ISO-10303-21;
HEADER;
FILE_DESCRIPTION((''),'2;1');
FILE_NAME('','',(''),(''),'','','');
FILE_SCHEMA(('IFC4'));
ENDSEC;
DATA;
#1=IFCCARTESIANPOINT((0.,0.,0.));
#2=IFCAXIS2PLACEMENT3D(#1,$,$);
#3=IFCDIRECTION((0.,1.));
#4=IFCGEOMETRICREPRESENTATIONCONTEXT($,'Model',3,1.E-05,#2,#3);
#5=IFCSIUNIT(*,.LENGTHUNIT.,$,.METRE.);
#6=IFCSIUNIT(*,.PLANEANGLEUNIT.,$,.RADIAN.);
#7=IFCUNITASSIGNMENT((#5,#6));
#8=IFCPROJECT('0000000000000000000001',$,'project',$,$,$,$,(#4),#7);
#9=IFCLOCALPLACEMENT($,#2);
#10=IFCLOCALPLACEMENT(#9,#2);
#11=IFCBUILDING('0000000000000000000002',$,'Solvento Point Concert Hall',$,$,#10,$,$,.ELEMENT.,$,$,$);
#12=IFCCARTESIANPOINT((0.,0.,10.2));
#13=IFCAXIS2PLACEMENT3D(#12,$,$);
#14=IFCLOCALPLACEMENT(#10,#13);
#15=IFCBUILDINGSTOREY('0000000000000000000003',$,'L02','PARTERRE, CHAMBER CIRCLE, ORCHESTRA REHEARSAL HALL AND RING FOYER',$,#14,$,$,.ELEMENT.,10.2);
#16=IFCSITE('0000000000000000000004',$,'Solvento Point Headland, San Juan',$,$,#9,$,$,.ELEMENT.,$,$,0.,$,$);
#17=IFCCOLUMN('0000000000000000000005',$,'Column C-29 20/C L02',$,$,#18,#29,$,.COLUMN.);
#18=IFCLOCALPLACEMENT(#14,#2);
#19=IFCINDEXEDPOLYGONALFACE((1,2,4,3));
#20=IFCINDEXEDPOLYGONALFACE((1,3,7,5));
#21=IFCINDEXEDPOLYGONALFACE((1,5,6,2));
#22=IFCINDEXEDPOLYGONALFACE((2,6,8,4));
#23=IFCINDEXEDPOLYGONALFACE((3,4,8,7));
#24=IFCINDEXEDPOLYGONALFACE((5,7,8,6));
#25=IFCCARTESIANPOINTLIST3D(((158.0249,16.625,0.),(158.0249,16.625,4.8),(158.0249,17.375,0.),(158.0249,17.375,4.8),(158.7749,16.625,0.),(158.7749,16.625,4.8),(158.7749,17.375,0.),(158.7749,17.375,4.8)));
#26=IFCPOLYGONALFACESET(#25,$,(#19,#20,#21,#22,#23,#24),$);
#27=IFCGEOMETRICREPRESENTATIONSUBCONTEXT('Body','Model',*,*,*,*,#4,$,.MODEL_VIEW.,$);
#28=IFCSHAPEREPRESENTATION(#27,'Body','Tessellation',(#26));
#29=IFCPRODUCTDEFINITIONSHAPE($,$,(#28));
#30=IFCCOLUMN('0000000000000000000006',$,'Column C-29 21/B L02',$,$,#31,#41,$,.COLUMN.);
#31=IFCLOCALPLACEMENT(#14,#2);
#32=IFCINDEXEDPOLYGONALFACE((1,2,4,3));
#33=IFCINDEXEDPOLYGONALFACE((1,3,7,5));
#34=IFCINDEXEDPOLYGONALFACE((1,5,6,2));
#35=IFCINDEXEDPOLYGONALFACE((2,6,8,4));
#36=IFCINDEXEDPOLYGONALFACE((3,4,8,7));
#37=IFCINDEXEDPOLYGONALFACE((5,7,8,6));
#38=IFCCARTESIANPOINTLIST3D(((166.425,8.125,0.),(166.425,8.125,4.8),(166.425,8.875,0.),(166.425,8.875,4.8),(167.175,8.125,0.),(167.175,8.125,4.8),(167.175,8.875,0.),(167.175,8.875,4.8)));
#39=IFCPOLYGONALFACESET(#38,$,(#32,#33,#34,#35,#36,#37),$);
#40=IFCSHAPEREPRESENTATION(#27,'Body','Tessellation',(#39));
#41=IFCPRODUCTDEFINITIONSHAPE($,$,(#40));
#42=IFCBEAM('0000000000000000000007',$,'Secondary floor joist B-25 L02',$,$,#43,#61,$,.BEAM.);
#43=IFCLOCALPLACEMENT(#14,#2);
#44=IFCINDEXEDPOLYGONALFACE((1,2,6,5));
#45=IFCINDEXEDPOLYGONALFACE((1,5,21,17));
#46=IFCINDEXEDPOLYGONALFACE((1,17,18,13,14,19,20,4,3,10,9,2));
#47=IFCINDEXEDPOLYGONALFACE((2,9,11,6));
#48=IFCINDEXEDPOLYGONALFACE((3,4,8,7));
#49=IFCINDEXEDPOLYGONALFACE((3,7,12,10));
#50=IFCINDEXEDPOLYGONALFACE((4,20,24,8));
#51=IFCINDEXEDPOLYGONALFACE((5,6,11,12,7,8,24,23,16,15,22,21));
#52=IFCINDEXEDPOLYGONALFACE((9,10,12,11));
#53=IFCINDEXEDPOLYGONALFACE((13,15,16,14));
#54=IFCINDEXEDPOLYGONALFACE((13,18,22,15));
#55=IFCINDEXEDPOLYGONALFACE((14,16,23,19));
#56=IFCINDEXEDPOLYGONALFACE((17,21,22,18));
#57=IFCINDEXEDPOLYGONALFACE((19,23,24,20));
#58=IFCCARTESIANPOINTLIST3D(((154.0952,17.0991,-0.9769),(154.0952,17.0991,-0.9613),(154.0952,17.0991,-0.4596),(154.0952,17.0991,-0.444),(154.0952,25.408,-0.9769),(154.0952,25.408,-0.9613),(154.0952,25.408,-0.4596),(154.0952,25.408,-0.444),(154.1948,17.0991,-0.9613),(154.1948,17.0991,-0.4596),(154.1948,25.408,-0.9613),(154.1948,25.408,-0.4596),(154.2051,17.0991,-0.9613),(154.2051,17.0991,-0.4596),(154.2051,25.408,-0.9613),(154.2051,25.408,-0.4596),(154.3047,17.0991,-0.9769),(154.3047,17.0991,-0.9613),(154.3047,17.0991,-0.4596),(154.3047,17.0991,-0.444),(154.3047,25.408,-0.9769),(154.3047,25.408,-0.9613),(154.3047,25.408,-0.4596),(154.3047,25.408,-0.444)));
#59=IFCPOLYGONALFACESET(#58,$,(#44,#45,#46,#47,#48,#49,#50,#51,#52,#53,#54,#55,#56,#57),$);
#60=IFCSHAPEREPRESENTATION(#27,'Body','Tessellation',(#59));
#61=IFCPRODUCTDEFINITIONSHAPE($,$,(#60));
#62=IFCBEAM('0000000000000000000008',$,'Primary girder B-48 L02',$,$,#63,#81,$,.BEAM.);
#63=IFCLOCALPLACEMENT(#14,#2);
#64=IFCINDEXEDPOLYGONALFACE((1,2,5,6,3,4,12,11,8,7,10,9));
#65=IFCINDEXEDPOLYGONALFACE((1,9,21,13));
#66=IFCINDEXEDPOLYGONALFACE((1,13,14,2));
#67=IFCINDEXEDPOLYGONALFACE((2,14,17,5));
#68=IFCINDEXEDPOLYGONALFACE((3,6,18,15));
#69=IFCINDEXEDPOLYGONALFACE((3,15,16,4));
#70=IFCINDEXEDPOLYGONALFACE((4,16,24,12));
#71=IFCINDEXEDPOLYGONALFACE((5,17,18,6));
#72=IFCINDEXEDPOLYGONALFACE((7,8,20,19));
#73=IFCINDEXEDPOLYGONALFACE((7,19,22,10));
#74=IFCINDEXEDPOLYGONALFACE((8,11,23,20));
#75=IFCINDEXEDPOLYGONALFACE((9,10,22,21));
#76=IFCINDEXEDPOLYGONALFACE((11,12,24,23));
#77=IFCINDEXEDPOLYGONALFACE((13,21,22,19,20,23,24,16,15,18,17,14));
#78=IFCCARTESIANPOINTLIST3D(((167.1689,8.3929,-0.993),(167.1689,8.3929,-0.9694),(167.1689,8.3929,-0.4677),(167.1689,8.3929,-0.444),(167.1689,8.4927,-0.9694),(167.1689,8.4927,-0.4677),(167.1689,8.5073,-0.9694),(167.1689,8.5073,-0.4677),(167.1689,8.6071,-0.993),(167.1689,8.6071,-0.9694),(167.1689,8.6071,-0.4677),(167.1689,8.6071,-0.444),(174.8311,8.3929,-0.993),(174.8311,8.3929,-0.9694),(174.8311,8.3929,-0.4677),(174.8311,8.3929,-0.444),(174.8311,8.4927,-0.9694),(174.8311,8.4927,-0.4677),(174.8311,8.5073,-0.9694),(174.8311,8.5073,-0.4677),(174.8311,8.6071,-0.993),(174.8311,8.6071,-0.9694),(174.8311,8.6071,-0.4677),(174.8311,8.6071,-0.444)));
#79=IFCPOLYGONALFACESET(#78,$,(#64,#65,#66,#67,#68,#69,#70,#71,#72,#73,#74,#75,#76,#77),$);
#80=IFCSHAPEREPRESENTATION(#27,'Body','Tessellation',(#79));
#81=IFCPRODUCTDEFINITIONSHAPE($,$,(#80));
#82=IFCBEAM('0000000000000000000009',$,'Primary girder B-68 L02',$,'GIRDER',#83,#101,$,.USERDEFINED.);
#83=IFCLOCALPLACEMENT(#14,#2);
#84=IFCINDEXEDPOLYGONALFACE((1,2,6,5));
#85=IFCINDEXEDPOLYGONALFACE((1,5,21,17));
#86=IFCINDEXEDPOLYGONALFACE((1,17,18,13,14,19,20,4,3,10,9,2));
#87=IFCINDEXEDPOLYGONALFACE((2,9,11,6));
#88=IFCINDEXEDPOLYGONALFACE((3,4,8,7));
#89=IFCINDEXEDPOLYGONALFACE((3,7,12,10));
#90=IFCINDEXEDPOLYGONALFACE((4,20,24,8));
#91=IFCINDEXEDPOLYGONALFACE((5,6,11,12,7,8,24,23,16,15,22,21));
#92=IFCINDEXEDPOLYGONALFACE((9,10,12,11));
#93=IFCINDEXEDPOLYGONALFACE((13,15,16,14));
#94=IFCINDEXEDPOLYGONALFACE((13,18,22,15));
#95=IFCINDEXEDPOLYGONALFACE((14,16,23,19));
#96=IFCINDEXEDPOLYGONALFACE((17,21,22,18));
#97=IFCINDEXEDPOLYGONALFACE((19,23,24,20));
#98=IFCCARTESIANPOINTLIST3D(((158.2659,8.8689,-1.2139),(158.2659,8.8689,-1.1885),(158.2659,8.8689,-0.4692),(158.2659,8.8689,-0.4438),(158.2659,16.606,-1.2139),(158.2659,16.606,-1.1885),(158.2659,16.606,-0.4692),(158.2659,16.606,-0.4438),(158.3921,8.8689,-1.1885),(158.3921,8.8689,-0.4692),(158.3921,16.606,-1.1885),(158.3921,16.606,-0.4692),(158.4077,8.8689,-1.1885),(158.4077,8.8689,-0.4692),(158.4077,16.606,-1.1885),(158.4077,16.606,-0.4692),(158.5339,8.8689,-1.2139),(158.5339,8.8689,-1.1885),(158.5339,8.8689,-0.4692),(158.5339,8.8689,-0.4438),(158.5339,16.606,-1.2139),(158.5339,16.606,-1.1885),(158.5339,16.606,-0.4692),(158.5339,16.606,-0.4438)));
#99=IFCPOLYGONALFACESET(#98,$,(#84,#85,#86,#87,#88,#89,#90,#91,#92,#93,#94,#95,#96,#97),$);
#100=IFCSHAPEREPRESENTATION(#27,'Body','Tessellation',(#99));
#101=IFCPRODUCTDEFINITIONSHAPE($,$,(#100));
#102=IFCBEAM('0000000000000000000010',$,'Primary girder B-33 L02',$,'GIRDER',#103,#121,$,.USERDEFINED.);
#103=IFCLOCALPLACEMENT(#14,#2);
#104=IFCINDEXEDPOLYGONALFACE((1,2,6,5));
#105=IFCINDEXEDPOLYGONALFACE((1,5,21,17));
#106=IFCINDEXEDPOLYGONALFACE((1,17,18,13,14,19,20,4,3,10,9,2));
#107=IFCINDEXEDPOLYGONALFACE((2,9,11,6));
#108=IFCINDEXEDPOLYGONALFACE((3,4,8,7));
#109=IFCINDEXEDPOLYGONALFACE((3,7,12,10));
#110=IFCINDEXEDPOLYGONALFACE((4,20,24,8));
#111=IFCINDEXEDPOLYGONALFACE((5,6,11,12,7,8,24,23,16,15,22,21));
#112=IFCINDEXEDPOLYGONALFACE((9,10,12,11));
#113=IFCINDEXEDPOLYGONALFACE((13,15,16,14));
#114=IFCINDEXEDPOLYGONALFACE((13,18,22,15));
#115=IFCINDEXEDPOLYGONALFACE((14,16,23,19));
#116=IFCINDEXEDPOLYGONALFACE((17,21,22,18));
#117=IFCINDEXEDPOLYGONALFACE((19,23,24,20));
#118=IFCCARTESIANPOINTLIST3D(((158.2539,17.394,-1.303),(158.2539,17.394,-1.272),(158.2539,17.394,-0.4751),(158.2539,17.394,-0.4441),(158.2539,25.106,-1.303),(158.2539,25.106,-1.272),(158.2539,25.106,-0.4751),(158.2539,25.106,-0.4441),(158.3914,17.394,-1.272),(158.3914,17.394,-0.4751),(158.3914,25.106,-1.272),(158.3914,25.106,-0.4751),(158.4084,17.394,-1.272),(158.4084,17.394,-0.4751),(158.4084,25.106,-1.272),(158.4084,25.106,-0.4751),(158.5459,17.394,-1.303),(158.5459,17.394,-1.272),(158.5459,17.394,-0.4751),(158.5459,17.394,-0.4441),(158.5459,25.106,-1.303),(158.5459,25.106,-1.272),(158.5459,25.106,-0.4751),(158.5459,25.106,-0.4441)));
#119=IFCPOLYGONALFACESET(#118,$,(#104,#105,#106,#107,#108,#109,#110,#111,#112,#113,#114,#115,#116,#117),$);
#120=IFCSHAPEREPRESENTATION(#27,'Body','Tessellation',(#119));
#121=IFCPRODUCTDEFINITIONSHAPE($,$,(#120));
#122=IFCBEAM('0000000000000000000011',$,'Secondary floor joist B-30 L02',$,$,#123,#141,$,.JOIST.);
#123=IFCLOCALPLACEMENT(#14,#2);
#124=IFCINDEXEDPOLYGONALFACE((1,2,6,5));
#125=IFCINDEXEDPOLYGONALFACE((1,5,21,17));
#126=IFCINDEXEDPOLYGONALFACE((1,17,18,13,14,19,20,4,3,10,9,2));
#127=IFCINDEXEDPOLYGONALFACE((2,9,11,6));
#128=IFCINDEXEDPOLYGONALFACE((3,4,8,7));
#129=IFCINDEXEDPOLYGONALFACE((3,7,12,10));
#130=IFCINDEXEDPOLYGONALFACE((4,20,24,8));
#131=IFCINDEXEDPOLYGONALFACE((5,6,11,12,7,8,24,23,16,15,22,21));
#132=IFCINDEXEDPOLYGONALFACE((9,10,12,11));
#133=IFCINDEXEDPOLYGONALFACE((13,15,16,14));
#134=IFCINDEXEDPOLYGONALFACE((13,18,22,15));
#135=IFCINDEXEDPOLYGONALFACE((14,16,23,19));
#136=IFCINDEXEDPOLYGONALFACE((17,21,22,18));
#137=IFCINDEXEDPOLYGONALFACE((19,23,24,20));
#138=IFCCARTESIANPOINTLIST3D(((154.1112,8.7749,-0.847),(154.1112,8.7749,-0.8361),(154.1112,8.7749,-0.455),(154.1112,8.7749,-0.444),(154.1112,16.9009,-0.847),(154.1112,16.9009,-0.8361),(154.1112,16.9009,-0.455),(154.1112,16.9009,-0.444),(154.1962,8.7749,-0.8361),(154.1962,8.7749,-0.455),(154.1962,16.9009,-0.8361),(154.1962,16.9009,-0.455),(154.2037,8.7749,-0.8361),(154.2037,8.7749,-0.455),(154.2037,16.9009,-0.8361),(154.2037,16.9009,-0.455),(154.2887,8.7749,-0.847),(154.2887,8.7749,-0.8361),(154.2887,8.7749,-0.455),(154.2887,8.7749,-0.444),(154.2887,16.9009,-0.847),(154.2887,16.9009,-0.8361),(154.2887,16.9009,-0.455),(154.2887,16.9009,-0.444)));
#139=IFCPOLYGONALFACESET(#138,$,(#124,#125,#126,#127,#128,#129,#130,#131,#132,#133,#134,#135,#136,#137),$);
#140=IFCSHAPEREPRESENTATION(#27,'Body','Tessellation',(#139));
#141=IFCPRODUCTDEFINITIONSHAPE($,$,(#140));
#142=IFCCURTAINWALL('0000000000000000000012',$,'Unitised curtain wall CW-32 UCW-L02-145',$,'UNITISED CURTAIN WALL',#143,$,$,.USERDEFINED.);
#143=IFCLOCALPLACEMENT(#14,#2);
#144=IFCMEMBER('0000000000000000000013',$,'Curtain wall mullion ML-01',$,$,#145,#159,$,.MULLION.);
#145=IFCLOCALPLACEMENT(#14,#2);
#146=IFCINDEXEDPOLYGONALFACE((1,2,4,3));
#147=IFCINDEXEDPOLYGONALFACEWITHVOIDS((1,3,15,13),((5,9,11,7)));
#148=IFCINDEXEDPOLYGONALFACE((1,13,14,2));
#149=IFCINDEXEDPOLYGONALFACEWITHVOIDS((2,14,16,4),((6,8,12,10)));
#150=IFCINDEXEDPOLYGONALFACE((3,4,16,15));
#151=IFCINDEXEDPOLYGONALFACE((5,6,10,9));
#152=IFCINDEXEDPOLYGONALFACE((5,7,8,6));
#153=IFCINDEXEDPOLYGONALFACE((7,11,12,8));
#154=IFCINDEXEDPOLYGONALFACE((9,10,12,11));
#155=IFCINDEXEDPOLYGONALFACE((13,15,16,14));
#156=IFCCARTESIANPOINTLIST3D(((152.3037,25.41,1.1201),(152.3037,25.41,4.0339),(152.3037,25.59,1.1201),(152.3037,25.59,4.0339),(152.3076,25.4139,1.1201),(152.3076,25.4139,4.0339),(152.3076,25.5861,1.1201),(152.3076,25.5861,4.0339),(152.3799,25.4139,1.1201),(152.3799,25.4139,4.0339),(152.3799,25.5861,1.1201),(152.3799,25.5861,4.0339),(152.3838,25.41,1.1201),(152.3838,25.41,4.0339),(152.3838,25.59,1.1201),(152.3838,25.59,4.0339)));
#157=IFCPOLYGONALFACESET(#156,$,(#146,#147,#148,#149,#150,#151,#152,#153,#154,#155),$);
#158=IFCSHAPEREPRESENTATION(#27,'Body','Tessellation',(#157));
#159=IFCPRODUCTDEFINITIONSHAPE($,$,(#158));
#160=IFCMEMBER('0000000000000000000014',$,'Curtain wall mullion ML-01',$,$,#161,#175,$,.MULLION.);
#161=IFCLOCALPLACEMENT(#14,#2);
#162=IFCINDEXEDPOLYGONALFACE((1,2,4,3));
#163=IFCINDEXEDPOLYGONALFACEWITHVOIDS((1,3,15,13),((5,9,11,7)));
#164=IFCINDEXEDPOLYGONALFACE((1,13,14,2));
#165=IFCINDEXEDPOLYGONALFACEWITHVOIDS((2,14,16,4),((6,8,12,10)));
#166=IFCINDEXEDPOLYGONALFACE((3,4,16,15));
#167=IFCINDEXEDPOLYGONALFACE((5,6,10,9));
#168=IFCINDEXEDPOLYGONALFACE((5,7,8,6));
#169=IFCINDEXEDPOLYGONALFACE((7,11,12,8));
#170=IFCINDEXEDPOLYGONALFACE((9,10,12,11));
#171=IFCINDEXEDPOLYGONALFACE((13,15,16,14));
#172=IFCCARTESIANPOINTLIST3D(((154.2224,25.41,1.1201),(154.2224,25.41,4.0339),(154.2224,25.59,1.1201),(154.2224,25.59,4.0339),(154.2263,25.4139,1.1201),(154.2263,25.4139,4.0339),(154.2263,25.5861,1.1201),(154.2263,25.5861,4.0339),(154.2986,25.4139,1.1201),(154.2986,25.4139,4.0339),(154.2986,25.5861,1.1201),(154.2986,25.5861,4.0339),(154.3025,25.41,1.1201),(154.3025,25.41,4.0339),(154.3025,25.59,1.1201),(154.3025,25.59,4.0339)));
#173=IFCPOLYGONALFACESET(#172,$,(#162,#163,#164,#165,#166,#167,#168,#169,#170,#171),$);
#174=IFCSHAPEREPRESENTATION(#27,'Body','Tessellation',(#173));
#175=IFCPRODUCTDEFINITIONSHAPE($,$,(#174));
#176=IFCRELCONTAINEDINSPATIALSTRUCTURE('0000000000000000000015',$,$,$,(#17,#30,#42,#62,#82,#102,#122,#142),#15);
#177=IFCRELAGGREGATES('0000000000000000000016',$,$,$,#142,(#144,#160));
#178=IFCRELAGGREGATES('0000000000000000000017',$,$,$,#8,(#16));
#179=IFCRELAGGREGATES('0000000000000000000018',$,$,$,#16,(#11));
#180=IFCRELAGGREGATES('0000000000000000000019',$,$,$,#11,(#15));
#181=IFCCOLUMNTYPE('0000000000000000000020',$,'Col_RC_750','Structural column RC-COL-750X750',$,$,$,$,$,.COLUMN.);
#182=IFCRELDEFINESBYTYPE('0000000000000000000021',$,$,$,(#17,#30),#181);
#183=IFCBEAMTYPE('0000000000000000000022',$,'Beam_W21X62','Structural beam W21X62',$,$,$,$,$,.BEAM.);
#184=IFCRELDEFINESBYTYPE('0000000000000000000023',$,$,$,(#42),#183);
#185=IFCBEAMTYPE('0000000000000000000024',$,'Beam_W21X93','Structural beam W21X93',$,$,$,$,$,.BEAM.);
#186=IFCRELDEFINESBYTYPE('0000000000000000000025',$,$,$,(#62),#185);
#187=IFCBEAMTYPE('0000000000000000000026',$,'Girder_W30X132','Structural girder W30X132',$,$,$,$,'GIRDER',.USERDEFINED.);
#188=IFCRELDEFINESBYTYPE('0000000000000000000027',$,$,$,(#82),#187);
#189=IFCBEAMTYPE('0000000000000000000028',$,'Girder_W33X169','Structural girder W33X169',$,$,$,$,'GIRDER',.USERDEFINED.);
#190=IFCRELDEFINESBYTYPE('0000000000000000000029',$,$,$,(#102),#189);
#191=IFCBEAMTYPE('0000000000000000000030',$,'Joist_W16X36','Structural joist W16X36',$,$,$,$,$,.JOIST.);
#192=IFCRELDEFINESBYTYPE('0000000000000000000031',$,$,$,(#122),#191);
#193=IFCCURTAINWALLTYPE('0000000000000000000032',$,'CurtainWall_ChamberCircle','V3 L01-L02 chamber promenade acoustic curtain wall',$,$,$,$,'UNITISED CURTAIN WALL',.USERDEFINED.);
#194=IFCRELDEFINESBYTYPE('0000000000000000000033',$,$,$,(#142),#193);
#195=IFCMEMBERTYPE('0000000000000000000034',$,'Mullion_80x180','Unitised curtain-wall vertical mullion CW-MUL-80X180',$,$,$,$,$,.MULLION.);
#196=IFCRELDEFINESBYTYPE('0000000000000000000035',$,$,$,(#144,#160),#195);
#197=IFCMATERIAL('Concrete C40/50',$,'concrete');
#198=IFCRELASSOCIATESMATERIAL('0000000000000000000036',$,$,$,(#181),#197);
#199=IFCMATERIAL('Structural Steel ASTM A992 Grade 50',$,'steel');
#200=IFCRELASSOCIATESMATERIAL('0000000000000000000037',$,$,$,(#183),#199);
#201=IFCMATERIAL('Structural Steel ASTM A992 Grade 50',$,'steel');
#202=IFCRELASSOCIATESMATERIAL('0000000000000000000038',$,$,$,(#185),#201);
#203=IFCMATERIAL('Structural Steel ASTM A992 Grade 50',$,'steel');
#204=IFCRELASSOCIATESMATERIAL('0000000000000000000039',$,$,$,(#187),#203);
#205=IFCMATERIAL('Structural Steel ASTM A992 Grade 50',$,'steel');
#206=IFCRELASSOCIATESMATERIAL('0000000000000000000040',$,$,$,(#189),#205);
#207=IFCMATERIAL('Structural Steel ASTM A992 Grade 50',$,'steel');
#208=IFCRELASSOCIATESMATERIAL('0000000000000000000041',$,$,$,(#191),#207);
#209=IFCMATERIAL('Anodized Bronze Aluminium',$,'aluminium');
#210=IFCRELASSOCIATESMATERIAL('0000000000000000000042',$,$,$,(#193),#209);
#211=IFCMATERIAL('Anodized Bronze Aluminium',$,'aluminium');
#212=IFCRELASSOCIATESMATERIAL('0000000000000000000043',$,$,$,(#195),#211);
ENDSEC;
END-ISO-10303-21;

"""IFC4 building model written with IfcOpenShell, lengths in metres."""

from ifc_helpers import new_model, si_unit, direction, frame, origin, origin_2d, place, context, subcontext, project, spatial, rectangle, hollow_rectangle, i_section, extrude, material, material_profile, profile_set, type_object, element, aggregate, save


model = new_model("IFC4")

# Units and contexts
model_context = context("Model", 3, precision=1e-05, world=origin(), true_north=direction((0.0, 1.0)))
body_context = subcontext(model_context, "Body", "Model", "MODEL_VIEW")
ifc_project = project(units=[si_unit("LENGTHUNIT", "METRE"), si_unit("PLANEANGLEUNIT", "RADIAN")], contexts=[model_context])

# Site, building, storey
site_placement = place(None, origin())
site = spatial("IfcSite", under=ifc_project, at=site_placement, Name="Solvento Point Headland, San Juan", CompositionType="ELEMENT", RefElevation=0.0)
building_placement = place(site_placement, origin())
building = spatial("IfcBuilding", under=site, at=building_placement, Name="Solvento Point Concert Hall", CompositionType="ELEMENT")
storey_placement = place(building_placement, frame((0.0, 0.0, 10.2)))
storey = spatial("IfcBuildingStorey", under=building, at=storey_placement, Name="L02", Description="PARTERRE, CHAMBER CIRCLE, ORCHESTRA REHEARSAL HALL AND RING FOYER", CompositionType="ELEMENT", Elevation=10.2)

# Columns
ifc_material_1 = material(Name="Concrete C40/50", Category="concrete")
ifc_material_profile_1 = material_profile(ifc_material_1, rectangle(XDim=0.75, YDim=0.75, at=origin_2d()), Name="RC-COL-750X750")
ifc_profile_set_1 = profile_set([ifc_material_profile_1], Name="Concrete C40/50")
column_type = type_object("IfcColumnType", Name="Col_RC_750", Description="Structural column RC-COL-750X750", PredefinedType="COLUMN", material=ifc_profile_set_1)
for number, where, z_axis, x_axis, name in (
    (1, (158.3999, 17.0, 0.0), (0.0, 0.0, 1.0), (1.0, 0.0, 0.0), "Column C-29 20/C L02"),
    (2, (166.8, 8.5, 0.0), (0.0, 0.0, 1.0), (1.0, 0.0, 0.0), "Column C-29 21/B L02"),
):
    element("IfcColumn", number, at=place(storey_placement, frame(where, z_axis=z_axis, x_axis=x_axis)), inside=storey, type_object=column_type, Name=name, PredefinedType="COLUMN", context=body_context, shape_type="SweptSolid", body=[
        extrude(rectangle(XDim=0.75, YDim=0.75, at=origin_2d()), origin(), (0.0, 0.0, 1.0), 4.8),
    ])

# Beams
ifc_material_2 = material(Name="Structural Steel ASTM A992 Grade 50", Category="steel")
ifc_material_profile_2 = material_profile(ifc_material_2, i_section(OverallWidth=0.2095, OverallDepth=0.533, WebThickness=0.0103, FlangeThickness=0.0156, at=origin_2d()), Name="W21X62")
ifc_profile_set_2 = profile_set([ifc_material_profile_2], Name="Structural Steel ASTM A992 Grade 50")
beam_type_1 = type_object("IfcBeamType", Name="Beam_W21X62", Description="Structural beam W21X62", PredefinedType="BEAM", material=ifc_profile_set_2)
beam_1_placement = place(storey_placement, frame((154.2, 17.0991, -0.7104), z_axis=(0.0, 1.0, 0.0), x_axis=(-1.0, 0.0, 0.0)))
element("IfcBeam", 3, at=beam_1_placement, inside=storey, type_object=beam_type_1, Name="Secondary floor joist B-25 L02", PredefinedType="BEAM", context=body_context, shape_type="SweptSolid", body=[
    extrude(i_section(OverallWidth=0.2095, OverallDepth=0.533, WebThickness=0.0103, FlangeThickness=0.0156, at=origin_2d()), origin(), (0.0, 0.0, 1.0), 8.3088),
])
ifc_material_3 = material(Name="Structural Steel ASTM A992 Grade 50", Category="steel")
ifc_material_profile_3 = material_profile(ifc_material_3, i_section(OverallWidth=0.2141, OverallDepth=0.5491, WebThickness=0.0146, FlangeThickness=0.0237, at=origin_2d()), Name="W21X93")
ifc_profile_set_3 = profile_set([ifc_material_profile_3], Name="Structural Steel ASTM A992 Grade 50")
beam_type_2 = type_object("IfcBeamType", Name="Beam_W21X93", Description="Structural beam W21X93", PredefinedType="BEAM", material=ifc_profile_set_3)
beam_2_placement = place(storey_placement, frame((167.1689, 8.5, -0.7185), z_axis=(1.0, 0.0, 0.0), x_axis=(0.0, 1.0, 0.0)))
element("IfcBeam", 4, at=beam_2_placement, inside=storey, type_object=beam_type_2, Name="Primary girder B-48 L02", PredefinedType="BEAM", context=body_context, shape_type="SweptSolid", body=[
    extrude(i_section(OverallWidth=0.2141, OverallDepth=0.5491, WebThickness=0.0146, FlangeThickness=0.0237, at=origin_2d()), origin(), (0.0, 0.0, 1.0), 7.6621),
])
ifc_material_4 = material(Name="Structural Steel ASTM A992 Grade 50", Category="steel")
ifc_material_profile_4 = material_profile(ifc_material_4, i_section(OverallWidth=0.2681, OverallDepth=0.77, WebThickness=0.0156, FlangeThickness=0.0254, at=origin_2d()), Name="W30X132")
ifc_profile_set_4 = profile_set([ifc_material_profile_4], Name="Structural Steel ASTM A992 Grade 50")
beam_type_3 = type_object("IfcBeamType", Name="Girder_W30X132", Description="Structural girder W30X132", ElementType="GIRDER", PredefinedType="USERDEFINED", material=ifc_profile_set_4)
beam_3_placement = place(storey_placement, frame((158.3999, 8.8689, -0.8289), z_axis=(0.0, 1.0, 0.0), x_axis=(-1.0, 0.0, 0.0)))
element("IfcBeam", 5, at=beam_3_placement, inside=storey, type_object=beam_type_3, Name="Primary girder B-68 L02", ObjectType="GIRDER", PredefinedType="USERDEFINED", context=body_context, shape_type="SweptSolid", body=[
    extrude(i_section(OverallWidth=0.2681, OverallDepth=0.77, WebThickness=0.0156, FlangeThickness=0.0254, at=origin_2d()), origin(), (0.0, 0.0, 1.0), 7.7371),
])
ifc_material_5 = material(Name="Structural Steel ASTM A992 Grade 50", Category="steel")
ifc_material_profile_5 = material_profile(ifc_material_5, i_section(OverallWidth=0.292, OverallDepth=0.8589, WebThickness=0.0171, FlangeThickness=0.031, at=origin_2d()), Name="W33X169")
ifc_profile_set_5 = profile_set([ifc_material_profile_5], Name="Structural Steel ASTM A992 Grade 50")
beam_type_4 = type_object("IfcBeamType", Name="Girder_W33X169", Description="Structural girder W33X169", ElementType="GIRDER", PredefinedType="USERDEFINED", material=ifc_profile_set_5)
beam_4_placement = place(storey_placement, frame((158.3999, 17.394, -0.8735), z_axis=(0.0, 1.0, 0.0), x_axis=(-1.0, 0.0, 0.0)))
element("IfcBeam", 6, at=beam_4_placement, inside=storey, type_object=beam_type_4, Name="Primary girder B-33 L02", ObjectType="GIRDER", PredefinedType="USERDEFINED", context=body_context, shape_type="SweptSolid", body=[
    extrude(i_section(OverallWidth=0.292, OverallDepth=0.8589, WebThickness=0.0171, FlangeThickness=0.031, at=origin_2d()), origin(), (0.0, 0.0, 1.0), 7.7119),
])
ifc_material_6 = material(Name="Structural Steel ASTM A992 Grade 50", Category="steel")
ifc_material_profile_6 = material_profile(ifc_material_6, i_section(OverallWidth=0.1775, OverallDepth=0.4031, WebThickness=0.0076, FlangeThickness=0.011, at=origin_2d()), Name="W16X36")
ifc_profile_set_6 = profile_set([ifc_material_profile_6], Name="Structural Steel ASTM A992 Grade 50")
beam_type_5 = type_object("IfcBeamType", Name="Joist_W16X36", Description="Structural joist W16X36", PredefinedType="JOIST", material=ifc_profile_set_6)
beam_5_placement = place(storey_placement, frame((154.2, 8.7749, -0.6455), z_axis=(0.0, 1.0, 0.0), x_axis=(-1.0, 0.0, 0.0)))
element("IfcBeam", 7, at=beam_5_placement, inside=storey, type_object=beam_type_5, Name="Secondary floor joist B-30 L02", PredefinedType="JOIST", context=body_context, shape_type="SweptSolid", body=[
    extrude(i_section(OverallWidth=0.1775, OverallDepth=0.4031, WebThickness=0.0076, FlangeThickness=0.011, at=origin_2d()), origin(), (0.0, 0.0, 1.0), 8.126),
])

# Curtain wall, members
ifc_material_7 = material(Name="Anodized Bronze Aluminium", Category="aluminium")
curtain_wall_type = type_object("IfcCurtainWallType", Name="CurtainWall_ChamberCircle", Description="V3 L01-L02 chamber promenade acoustic curtain wall", ElementType="UNITISED CURTAIN WALL", PredefinedType="USERDEFINED", material=ifc_material_7)
curtain_wall_placement = place(storey_placement, origin())
curtain_wall = element("IfcCurtainWall", 8, at=curtain_wall_placement, inside=storey, type_object=curtain_wall_type, Name="Unitised curtain wall CW-32 UCW-L02-145", ObjectType="UNITISED CURTAIN WALL", PredefinedType="USERDEFINED")
ifc_material_8 = material(Name="Anodized Bronze Aluminium", Category="aluminium")
ifc_material_profile_7 = material_profile(ifc_material_8, hollow_rectangle(XDim=0.0801, YDim=0.1799, WallThickness=0.0039, at=origin_2d()), Name="CW-MUL-80X180")
ifc_profile_set_7 = profile_set([ifc_material_profile_7], Name="Anodized Bronze Aluminium")
member_type = type_object("IfcMemberType", Name="Mullion_80x180", Description="Unitised curtain-wall vertical mullion CW-MUL-80X180", PredefinedType="MULLION", material=ifc_profile_set_7)
member_1_placement = place(storey_placement, frame((152.3438, 25.5, 1.1201), z_axis=(0.0, 0.0, 1.0), x_axis=(1.0, 0.0, 0.0)))
member_1 = element("IfcMember", 9, at=member_1_placement, type_object=member_type, Name="Curtain wall mullion ML-01", PredefinedType="MULLION", context=body_context, shape_type="SweptSolid", body=[
    extrude(hollow_rectangle(XDim=0.0801, YDim=0.1799, WallThickness=0.0039, at=origin_2d()), origin(), (0.0, 0.0, 1.0), 2.9138),
])
member_2_placement = place(storey_placement, frame((154.2625, 25.5, 1.1201), z_axis=(0.0, 0.0, 1.0), x_axis=(1.0, 0.0, 0.0)))
member_2 = element("IfcMember", 10, at=member_2_placement, type_object=member_type, Name="Curtain wall mullion ML-01", PredefinedType="MULLION", context=body_context, shape_type="SweptSolid", body=[
    extrude(hollow_rectangle(XDim=0.0801, YDim=0.1799, WallThickness=0.0039, at=origin_2d()), origin(), (0.0, 0.0, 1.0), 2.9138),
])
aggregate(curtain_wall, [member_1, member_2])

save(model, "model.ifc")
